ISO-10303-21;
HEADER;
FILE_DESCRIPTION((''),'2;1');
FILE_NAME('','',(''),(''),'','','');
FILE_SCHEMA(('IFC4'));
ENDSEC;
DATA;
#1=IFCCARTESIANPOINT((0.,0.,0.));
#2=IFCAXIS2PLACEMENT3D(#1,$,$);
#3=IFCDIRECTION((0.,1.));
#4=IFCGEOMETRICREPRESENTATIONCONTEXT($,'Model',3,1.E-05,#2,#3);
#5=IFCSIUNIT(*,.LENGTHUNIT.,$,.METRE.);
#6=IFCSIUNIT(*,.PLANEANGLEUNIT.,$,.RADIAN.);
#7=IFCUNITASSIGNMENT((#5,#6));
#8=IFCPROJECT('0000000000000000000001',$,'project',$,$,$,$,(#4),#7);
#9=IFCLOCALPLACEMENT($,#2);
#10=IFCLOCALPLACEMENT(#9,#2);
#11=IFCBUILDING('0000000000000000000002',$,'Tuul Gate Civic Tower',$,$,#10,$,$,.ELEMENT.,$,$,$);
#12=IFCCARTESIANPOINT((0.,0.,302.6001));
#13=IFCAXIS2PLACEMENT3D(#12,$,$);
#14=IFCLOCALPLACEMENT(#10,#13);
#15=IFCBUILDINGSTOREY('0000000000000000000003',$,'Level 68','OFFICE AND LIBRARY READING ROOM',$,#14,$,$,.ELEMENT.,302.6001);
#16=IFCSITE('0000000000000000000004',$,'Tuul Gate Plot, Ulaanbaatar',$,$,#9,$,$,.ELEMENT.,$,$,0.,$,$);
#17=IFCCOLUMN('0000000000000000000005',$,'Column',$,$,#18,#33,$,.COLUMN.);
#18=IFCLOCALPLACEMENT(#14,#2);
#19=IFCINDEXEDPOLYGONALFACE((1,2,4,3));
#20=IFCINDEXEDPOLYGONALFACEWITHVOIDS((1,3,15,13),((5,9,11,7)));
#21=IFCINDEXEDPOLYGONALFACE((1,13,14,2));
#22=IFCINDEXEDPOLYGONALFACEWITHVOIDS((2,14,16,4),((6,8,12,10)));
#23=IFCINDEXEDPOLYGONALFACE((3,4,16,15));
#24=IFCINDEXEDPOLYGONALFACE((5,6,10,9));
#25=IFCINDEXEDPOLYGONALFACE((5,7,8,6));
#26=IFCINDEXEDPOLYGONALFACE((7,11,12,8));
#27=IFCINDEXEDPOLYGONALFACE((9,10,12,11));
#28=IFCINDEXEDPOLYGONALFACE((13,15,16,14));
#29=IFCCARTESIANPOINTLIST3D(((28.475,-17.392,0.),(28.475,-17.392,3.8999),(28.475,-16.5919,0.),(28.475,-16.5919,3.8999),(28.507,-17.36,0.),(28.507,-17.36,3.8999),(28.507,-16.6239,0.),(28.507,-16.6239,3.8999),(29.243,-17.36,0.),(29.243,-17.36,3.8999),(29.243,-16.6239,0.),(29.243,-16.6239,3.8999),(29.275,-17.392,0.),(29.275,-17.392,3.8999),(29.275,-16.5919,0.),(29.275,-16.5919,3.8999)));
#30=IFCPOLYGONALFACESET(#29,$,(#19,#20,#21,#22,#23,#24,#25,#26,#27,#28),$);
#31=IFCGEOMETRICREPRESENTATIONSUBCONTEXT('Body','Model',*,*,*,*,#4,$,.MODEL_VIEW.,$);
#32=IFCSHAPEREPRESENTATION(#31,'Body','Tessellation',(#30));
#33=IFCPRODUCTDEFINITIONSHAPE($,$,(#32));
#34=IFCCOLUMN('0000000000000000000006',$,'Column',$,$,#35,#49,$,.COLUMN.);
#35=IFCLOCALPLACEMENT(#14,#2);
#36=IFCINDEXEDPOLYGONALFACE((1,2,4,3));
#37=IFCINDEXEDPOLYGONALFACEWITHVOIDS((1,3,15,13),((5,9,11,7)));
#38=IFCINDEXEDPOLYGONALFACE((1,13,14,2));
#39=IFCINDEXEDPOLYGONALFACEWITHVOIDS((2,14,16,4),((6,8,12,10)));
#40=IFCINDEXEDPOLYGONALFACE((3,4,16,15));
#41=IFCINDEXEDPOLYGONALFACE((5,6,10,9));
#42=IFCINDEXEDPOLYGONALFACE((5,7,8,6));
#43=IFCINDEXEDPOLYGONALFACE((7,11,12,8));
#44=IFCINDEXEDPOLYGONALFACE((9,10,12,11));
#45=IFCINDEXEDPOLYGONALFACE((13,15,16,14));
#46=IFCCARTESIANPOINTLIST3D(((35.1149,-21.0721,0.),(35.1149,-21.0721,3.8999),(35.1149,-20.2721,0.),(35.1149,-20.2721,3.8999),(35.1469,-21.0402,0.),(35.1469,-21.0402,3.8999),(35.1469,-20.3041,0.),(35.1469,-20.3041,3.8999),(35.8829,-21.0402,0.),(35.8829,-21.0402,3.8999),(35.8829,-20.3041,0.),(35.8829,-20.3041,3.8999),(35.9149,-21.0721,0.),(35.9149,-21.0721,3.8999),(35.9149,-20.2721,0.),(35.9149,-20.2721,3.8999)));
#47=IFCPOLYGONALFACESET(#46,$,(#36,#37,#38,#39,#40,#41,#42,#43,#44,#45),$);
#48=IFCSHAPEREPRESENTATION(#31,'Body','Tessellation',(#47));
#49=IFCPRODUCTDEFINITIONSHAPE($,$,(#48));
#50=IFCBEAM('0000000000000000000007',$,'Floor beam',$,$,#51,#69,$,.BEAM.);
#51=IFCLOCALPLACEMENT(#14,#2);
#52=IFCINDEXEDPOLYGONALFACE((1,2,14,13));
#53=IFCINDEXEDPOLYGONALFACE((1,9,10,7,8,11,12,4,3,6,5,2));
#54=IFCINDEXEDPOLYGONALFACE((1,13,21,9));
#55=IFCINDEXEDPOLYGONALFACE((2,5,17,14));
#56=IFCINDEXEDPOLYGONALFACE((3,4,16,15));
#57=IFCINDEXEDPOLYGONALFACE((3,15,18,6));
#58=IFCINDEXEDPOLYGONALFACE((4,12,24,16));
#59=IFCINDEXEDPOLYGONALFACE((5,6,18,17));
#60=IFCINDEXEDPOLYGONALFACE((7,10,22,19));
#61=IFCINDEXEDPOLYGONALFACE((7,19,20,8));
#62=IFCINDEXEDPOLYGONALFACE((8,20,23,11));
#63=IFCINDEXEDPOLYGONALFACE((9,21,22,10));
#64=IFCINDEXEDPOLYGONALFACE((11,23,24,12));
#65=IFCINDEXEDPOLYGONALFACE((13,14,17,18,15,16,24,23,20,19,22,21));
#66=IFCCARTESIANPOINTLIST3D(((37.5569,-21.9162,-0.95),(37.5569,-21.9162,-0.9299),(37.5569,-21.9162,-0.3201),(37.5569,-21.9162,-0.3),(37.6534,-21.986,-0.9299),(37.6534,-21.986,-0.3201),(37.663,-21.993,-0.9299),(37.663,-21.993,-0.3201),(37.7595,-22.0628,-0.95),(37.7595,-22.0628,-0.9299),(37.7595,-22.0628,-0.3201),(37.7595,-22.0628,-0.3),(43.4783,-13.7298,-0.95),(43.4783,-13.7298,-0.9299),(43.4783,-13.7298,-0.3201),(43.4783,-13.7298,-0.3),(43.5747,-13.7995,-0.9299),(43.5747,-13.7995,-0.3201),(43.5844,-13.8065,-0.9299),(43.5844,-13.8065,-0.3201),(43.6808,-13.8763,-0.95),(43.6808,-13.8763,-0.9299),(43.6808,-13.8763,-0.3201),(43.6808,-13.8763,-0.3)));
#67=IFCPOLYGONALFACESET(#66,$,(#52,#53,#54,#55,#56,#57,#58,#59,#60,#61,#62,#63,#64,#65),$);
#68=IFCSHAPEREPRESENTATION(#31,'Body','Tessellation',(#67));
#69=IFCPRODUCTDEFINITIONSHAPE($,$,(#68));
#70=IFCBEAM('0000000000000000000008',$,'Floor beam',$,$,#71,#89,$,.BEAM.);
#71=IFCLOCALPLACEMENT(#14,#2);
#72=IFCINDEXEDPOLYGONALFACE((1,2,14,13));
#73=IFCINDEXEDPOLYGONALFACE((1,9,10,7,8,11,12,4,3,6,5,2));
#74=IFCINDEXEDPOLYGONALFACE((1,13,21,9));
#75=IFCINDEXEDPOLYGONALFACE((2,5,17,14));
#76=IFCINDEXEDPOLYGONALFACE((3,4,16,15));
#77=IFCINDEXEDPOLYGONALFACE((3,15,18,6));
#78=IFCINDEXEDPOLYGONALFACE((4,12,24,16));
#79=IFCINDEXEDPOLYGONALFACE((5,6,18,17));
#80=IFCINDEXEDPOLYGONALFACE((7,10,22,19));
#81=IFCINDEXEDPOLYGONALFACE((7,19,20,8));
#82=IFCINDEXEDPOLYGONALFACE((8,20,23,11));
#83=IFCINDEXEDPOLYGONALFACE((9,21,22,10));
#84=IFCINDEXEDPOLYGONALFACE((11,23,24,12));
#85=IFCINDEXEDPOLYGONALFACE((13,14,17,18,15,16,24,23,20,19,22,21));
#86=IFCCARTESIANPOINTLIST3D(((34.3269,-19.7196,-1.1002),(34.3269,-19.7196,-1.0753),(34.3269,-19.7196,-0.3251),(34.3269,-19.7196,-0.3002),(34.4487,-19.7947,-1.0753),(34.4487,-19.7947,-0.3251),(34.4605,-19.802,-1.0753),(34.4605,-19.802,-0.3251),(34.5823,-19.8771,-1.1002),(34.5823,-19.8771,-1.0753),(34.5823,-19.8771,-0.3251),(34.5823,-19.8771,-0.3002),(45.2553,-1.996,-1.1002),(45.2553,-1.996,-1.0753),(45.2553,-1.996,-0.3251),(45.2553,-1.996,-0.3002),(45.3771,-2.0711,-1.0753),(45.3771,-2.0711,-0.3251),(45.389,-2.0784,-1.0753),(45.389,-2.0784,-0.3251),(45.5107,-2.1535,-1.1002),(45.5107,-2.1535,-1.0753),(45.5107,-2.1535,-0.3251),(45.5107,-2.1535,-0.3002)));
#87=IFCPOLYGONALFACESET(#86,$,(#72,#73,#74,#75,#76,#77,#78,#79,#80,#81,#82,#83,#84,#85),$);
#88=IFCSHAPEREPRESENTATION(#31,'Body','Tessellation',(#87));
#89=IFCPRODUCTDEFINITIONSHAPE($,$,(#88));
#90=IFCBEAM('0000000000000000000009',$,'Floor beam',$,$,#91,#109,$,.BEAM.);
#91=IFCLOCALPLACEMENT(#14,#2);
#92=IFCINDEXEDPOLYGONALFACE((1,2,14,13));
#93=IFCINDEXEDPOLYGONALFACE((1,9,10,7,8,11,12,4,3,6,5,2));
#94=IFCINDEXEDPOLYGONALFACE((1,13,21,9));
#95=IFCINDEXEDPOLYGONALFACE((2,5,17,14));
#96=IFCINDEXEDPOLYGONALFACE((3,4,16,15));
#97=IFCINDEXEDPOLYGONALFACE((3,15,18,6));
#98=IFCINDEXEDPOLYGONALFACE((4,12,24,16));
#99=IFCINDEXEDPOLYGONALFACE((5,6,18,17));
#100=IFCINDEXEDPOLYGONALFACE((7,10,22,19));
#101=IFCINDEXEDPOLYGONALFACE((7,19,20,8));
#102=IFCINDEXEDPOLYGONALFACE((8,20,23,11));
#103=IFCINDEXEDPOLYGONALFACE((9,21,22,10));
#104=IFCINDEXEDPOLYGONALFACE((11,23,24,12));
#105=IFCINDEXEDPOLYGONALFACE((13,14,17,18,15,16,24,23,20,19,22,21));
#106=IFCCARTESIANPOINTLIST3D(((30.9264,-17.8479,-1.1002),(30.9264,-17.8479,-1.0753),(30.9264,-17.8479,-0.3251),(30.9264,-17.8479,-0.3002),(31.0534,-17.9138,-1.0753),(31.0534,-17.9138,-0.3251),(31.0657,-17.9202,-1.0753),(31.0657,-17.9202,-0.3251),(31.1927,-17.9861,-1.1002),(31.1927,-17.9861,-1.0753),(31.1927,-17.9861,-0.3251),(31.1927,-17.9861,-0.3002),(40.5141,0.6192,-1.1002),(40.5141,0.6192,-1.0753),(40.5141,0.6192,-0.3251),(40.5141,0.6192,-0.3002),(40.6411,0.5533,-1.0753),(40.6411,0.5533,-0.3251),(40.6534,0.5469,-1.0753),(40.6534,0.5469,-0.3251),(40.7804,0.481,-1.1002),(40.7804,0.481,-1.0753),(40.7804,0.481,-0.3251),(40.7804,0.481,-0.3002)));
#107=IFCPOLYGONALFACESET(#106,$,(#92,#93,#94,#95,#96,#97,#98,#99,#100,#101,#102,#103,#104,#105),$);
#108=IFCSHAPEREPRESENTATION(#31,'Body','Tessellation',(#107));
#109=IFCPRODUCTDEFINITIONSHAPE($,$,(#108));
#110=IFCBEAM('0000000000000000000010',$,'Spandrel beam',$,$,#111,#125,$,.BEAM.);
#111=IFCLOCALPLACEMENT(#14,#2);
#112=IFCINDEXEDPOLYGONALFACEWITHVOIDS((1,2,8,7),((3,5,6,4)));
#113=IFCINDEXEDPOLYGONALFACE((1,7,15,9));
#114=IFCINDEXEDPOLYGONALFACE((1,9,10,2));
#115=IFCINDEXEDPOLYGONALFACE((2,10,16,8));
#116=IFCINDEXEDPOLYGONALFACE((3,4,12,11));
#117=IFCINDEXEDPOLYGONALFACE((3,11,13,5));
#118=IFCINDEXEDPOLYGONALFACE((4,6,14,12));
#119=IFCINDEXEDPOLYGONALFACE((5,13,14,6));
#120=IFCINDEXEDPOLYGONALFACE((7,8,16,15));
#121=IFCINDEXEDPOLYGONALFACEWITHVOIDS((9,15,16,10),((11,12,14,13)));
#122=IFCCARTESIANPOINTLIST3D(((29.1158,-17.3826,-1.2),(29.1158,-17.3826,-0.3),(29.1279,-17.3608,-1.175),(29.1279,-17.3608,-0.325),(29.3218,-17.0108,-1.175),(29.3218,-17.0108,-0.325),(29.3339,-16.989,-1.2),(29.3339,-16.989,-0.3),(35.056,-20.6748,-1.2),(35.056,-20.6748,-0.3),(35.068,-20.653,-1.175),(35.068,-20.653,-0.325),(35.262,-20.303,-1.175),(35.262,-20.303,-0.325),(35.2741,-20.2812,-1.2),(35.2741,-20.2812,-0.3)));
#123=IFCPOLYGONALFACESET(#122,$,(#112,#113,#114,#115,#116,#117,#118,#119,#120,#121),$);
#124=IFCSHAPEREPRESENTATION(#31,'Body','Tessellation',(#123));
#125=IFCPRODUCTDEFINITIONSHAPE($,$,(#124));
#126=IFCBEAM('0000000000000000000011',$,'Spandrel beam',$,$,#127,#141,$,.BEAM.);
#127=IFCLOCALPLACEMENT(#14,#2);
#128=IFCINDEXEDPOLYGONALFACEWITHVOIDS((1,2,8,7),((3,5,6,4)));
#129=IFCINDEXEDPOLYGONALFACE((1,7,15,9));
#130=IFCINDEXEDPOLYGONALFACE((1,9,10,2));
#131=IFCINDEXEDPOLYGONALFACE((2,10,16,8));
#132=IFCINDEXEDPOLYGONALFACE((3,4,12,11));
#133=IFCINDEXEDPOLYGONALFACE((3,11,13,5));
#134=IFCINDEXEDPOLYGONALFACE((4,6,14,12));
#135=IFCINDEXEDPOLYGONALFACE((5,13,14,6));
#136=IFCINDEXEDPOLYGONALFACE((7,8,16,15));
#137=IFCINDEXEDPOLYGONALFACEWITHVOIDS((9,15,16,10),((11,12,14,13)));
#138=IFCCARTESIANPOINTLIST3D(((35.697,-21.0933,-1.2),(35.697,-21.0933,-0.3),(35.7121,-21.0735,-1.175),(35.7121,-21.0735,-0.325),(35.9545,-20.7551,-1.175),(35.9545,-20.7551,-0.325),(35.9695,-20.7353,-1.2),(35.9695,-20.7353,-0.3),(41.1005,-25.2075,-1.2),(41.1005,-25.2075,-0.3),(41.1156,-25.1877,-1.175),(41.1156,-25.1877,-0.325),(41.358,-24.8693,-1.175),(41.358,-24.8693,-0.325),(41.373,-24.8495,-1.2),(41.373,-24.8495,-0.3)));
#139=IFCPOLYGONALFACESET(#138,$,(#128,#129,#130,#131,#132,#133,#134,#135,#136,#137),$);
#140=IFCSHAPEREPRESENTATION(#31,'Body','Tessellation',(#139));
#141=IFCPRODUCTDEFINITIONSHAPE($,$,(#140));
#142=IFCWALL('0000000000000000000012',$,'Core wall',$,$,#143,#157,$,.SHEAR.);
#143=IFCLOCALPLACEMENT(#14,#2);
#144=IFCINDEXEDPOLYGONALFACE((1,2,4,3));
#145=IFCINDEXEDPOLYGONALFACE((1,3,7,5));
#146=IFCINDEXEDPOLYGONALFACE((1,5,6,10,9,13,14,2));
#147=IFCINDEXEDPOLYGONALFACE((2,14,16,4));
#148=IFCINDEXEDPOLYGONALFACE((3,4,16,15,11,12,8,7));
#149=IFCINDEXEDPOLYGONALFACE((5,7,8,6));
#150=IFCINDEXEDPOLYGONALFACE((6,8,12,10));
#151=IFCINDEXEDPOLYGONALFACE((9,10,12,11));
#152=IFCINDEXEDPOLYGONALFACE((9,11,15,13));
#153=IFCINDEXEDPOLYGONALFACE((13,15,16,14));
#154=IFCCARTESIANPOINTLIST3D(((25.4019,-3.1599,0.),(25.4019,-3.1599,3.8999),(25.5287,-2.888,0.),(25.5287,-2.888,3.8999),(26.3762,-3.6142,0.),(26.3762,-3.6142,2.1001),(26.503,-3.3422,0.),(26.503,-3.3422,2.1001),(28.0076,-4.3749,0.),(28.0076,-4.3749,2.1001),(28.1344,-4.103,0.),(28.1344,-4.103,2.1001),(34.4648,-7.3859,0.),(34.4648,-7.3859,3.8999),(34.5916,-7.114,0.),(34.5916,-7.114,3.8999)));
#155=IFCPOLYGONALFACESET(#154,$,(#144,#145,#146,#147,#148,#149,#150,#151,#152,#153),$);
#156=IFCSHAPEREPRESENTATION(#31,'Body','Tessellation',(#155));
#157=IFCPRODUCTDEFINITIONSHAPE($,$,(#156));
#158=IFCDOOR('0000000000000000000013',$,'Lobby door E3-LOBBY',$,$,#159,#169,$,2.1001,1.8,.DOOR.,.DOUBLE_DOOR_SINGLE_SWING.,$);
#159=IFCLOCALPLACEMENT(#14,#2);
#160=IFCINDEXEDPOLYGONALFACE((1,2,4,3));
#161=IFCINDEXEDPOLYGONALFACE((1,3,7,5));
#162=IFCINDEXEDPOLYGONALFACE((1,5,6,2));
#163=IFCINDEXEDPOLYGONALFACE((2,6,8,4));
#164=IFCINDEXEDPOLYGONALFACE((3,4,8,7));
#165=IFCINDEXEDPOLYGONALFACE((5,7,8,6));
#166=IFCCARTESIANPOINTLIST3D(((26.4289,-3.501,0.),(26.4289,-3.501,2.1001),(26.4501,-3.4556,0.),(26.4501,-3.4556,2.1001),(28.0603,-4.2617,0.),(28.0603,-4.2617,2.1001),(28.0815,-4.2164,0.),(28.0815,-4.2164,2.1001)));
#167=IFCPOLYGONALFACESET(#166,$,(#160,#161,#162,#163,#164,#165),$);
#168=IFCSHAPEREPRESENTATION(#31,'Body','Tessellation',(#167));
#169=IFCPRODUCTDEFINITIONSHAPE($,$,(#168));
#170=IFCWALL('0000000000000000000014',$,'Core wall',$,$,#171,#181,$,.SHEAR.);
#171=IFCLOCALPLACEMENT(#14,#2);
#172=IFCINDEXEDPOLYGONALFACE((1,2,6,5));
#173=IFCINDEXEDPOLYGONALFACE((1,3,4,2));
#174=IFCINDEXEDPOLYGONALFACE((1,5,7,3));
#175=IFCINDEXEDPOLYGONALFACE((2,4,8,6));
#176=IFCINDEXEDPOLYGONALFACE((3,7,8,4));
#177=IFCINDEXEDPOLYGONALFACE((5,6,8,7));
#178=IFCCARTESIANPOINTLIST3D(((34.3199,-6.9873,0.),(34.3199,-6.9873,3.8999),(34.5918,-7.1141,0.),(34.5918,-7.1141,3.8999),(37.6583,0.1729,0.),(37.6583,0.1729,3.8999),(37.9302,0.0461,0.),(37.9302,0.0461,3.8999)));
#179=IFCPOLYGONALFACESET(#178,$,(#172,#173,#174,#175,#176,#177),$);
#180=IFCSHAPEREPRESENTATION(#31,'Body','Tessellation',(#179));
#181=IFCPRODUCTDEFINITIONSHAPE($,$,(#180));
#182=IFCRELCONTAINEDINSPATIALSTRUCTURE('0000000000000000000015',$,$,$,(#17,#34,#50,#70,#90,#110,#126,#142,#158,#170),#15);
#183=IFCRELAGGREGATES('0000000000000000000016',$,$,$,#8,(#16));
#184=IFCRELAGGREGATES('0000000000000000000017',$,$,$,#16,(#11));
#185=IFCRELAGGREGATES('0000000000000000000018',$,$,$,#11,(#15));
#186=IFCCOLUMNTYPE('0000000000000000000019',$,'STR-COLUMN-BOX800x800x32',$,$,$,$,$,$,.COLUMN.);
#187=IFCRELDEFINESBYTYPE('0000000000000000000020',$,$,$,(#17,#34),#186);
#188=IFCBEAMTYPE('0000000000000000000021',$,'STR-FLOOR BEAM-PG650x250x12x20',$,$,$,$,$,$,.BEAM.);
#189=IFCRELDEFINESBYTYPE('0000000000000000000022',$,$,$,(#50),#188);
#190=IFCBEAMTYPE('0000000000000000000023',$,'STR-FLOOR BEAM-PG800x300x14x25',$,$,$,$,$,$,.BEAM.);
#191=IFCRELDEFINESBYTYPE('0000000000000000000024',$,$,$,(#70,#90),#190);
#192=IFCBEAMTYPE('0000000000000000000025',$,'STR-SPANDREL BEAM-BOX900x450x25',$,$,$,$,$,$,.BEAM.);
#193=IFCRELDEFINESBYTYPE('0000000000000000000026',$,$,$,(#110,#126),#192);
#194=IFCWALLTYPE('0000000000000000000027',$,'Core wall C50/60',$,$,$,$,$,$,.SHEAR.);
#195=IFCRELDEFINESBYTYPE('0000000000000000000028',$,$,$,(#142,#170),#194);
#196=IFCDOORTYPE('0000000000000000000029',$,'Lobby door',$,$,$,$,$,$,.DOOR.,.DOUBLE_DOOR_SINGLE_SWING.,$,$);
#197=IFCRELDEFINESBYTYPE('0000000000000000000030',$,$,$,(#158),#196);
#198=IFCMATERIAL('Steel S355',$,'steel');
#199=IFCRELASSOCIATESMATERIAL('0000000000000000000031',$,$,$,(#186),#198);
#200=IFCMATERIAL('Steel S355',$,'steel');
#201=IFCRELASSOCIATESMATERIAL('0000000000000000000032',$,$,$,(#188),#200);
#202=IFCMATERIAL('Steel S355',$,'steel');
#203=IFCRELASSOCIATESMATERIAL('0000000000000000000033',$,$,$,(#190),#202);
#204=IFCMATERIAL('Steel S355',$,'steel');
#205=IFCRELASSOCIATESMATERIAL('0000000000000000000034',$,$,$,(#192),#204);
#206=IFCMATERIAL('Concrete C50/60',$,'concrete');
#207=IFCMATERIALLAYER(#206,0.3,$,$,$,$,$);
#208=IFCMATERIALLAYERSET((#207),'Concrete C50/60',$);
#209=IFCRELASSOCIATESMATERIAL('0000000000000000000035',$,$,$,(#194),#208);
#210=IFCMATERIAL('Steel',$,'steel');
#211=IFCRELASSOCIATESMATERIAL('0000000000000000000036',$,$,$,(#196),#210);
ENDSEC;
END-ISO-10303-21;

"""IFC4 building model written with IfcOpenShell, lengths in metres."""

from ifc_helpers import new_model, si_unit, direction, frame, frame_2d, origin, origin_2d, place, context, subcontext, project, spatial, rectangle, hollow_rectangle, i_section, extrude, material, layer, layer_set, material_profile, profile_set, type_object, element, fill, save


model = new_model("IFC4")

# Units and contexts
model_context = context("Model", 3, precision=1e-05, world=origin(), true_north=direction((0.0, 1.0)))
body_context = subcontext(model_context, "Body", "Model", "MODEL_VIEW")
ifc_project = project(units=[si_unit("LENGTHUNIT", "METRE"), si_unit("PLANEANGLEUNIT", "RADIAN")], contexts=[model_context])

# Site, building, storey
site_placement = place(None, origin())
site = spatial("IfcSite", under=ifc_project, at=site_placement, Name="Tuul Gate Plot, Ulaanbaatar", CompositionType="ELEMENT", RefElevation=0.0)
building_placement = place(site_placement, origin())
building = spatial("IfcBuilding", under=site, at=building_placement, Name="Tuul Gate Civic Tower", CompositionType="ELEMENT")
storey_placement = place(building_placement, frame((0.0, 0.0, 302.6001)))
storey = spatial("IfcBuildingStorey", under=building, at=storey_placement, Name="Level 68", Description="OFFICE AND LIBRARY READING ROOM", CompositionType="ELEMENT", Elevation=302.6001)

# Columns
ifc_material_1 = material(Name="Steel S355", Category="steel")
ifc_material_profile_1 = material_profile(ifc_material_1, hollow_rectangle(XDim=0.8, YDim=0.8, WallThickness=0.032, at=origin_2d()), Name="BOX800x800x32")
ifc_profile_set_1 = profile_set([ifc_material_profile_1], Name="Steel S355")
column_type = type_object("IfcColumnType", Name="STR-COLUMN-BOX800x800x32", PredefinedType="COLUMN", material=ifc_profile_set_1)
for number, where, z_axis, x_axis, name in (
    (1, (28.875, -16.9919, 0.0), (0.0, 0.0, 1.0), (1.0, 0.0, 0.0), "Column"),
    (2, (35.5149, -20.6721, 0.0), (0.0, 0.0, 1.0), (1.0, 0.0, 0.0), "Column"),
):
    element("IfcColumn", number, at=place(storey_placement, frame(where, z_axis=z_axis, x_axis=x_axis)), inside=storey, type_object=column_type, Name=name, PredefinedType="COLUMN", context=body_context, shape_type="SweptSolid", body=[
        extrude(hollow_rectangle(XDim=0.8, YDim=0.8, WallThickness=0.032, at=origin_2d()), origin(), (0.0, 0.0, 1.0), 3.8999),
    ])

# Beams
ifc_material_2 = material(Name="Steel S355", Category="steel")
ifc_material_profile_2 = material_profile(ifc_material_2, i_section(OverallWidth=0.25, OverallDepth=0.6499, WebThickness=0.012, FlangeThickness=0.02, at=origin_2d()), Name="PG650x250x12x20")
ifc_profile_set_2 = profile_set([ifc_material_profile_2], Name="Steel S355")
beam_type_1 = type_object("IfcBeamType", Name="STR-FLOOR BEAM-PG650x250x12x20", PredefinedType="BEAM", material=ifc_profile_set_2)
beam_1_placement = place(storey_placement, frame((37.6582, -21.9895, -0.625), z_axis=(0.586069, 0.810261, 0.0), x_axis=(-0.810261, 0.586069, 0.0)))
element("IfcBeam", 3, at=beam_1_placement, inside=storey, type_object=beam_type_1, Name="Floor beam", PredefinedType="BEAM", context=body_context, shape_type="SweptSolid", body=[
    extrude(i_section(OverallWidth=0.25, OverallDepth=0.6499, WebThickness=0.012, FlangeThickness=0.02, at=origin_2d()), origin(), (0.0, 0.0, 1.0), 10.1035),
])
ifc_material_3 = material(Name="Steel S355", Category="steel")
ifc_material_profile_3 = material_profile(ifc_material_3, i_section(OverallWidth=0.3, OverallDepth=0.8, WebThickness=0.0139, FlangeThickness=0.0249, at=origin_2d()), Name="PG800x300x14x25")
ifc_profile_set_3 = profile_set([ifc_material_profile_3], Name="Steel S355")
beam_type_2 = type_object("IfcBeamType", Name="STR-FLOOR BEAM-PG800x300x14x25", PredefinedType="BEAM", material=ifc_profile_set_3)
beam_2_placement = place(storey_placement, frame((34.4546, -19.7983, -0.7002), z_axis=(0.52485, 0.851195, 0.0), x_axis=(-0.851195, 0.52485, 0.0)))
element("IfcBeam", 4, at=beam_2_placement, inside=storey, type_object=beam_type_2, Name="Floor beam", PredefinedType="BEAM", context=body_context, shape_type="SweptSolid", body=[
    extrude(i_section(OverallWidth=0.3, OverallDepth=0.8, WebThickness=0.0139, FlangeThickness=0.0249, at=origin_2d()), origin(), (0.0, 0.0, 1.0), 20.822),
])
beam_3_placement = place(storey_placement, frame((31.0596, -17.917, -0.7002), z_axis=(0.460777, 0.887516, 0.0), x_axis=(-0.887516, 0.460777, 0.0)))
element("IfcBeam", 5, at=beam_3_placement, inside=storey, type_object=beam_type_2, Name="Floor beam", PredefinedType="BEAM", context=body_context, shape_type="SweptSolid", body=[
    extrude(i_section(OverallWidth=0.3, OverallDepth=0.8, WebThickness=0.0139, FlangeThickness=0.0249, at=origin_2d()), origin(), (0.0, 0.0, 1.0), 20.8076),
])
ifc_material_4 = material(Name="Steel S355", Category="steel")
ifc_material_profile_4 = material_profile(ifc_material_4, hollow_rectangle(XDim=0.45, YDim=0.8999, WallThickness=0.0249, at=origin_2d()), Name="BOX900x450x25")
ifc_profile_set_4 = profile_set([ifc_material_profile_4], Name="Steel S355")
beam_type_3 = type_object("IfcBeamType", Name="STR-SPANDREL BEAM-BOX900x450x25", PredefinedType="BEAM", material=ifc_profile_set_4)
for number, where, z_axis, x_axis, name in (
    (6, (29.2249, -17.1858, -0.75), (0.874649, -0.484758, 0.0), (0.484758, 0.874649, 0.0), "Spandrel beam"),
    (7, (35.8333, -20.9143, -0.75), (0.795626, -0.605788, 0.0), (0.605788, 0.795626, 0.0), "Spandrel beam"),
):
    element("IfcBeam", number, at=place(storey_placement, frame(where, z_axis=z_axis, x_axis=x_axis)), inside=storey, type_object=beam_type_3, Name=name, PredefinedType="BEAM", context=body_context, shape_type="SweptSolid", body=[
        extrude(hollow_rectangle(XDim=0.45, YDim=0.8999, WallThickness=0.0249, at=origin_2d()), origin(), (0.0, 0.0, 1.0), 6.7915),
    ])

# Wall, opening, door
ifc_material_5 = material(Name="Concrete C50/60", Category="concrete")
ifc_layer_1 = layer(ifc_material_5, 0.3)
ifc_layer_set_1 = layer_set([ifc_layer_1], Name="Concrete C50/60")
wall_type_1 = type_object("IfcWallType", Name="Core wall C50/60", PredefinedType="SHEAR", material=ifc_layer_set_1)
wall_1_placement = place(storey_placement, frame((34.5283, -7.25, 0.0), z_axis=(0.0, 0.0, 1.0), x_axis=(-0.90631, 0.422613, 0.0)))
wall_1 = element("IfcWall", 8, at=wall_1_placement, inside=storey, type_object=wall_type_1, Name="Core wall", PredefinedType="SHEAR", context=body_context, shape_type="SweptSolid", body=[
    extrude(rectangle(XDim=9.9998, YDim=0.3, at=frame_2d((5.0, 0.0))), origin(), (0.0, 0.0, 1.0), 3.8999),
])
opening_1_placement = place(wall_1_placement, frame((7.125, 0.0, 0.0)))
opening_1 = element("IfcOpeningElement", 9, at=opening_1_placement, cuts=wall_1, PredefinedType="OPENING", context=body_context, shape_type="SweptSolid", body=[
    extrude(rectangle(XDim=1.8, YDim=2.1001, at=frame_2d((0.8999, 1.05))), frame((0.0, 0.1602, 0.0), z_axis=(0.0, -1.0, 0.0), x_axis=(1.0, 0.0, 0.0)), (0.0, 0.0, 1.0), 0.3201),
])
ifc_material_6 = material(Name="Steel", Category="steel")
door_type_1 = type_object("IfcDoorType", Name="Lobby door", OperationType="DOUBLE_DOOR_SINGLE_SWING", PredefinedType="DOOR", material=ifc_material_6)
door_1_placement = place(opening_1_placement, frame((1.8, 0.0, 0.0), z_axis=(0.0, 0.0, 1.0), x_axis=(-1.0, 0.0, 0.0)))
door_1 = element("IfcDoor", 10, at=door_1_placement, inside=storey, type_object=door_type_1, Name="Lobby door E3-LOBBY", OperationType="DOUBLE_DOOR_SINGLE_SWING", OverallHeight=2.1001, OverallWidth=1.8, PredefinedType="DOOR", context=body_context, shape_type="SweptSolid", body=[
    extrude(rectangle(XDim=1.8, YDim=2.1001, at=frame_2d((0.9001, 1.05))), frame((0.0, 0.0249, 0.0), z_axis=(0.0, -1.0, 0.0), x_axis=(1.0, 0.0, 0.0)), (0.0, 0.0, 1.0), 0.05),
])
fill(opening_1, door_1)

# Wall
wall_2_placement = place(storey_placement, frame((34.4558, -7.0508, 0.0), z_axis=(0.0, 0.0, 1.0), x_axis=(0.422571, 0.90633, 0.0)))
element("IfcWall", 11, at=wall_2_placement, inside=storey, type_object=wall_type_1, Name="Core wall", PredefinedType="SHEAR", context=body_context, shape_type="SweptSolid", body=[
    extrude(rectangle(XDim=7.9001, YDim=0.3, at=frame_2d((3.9502, 0.0))), origin(), (0.0, 0.0, 1.0), 3.8999),
])

save(model, "model.ifc")
